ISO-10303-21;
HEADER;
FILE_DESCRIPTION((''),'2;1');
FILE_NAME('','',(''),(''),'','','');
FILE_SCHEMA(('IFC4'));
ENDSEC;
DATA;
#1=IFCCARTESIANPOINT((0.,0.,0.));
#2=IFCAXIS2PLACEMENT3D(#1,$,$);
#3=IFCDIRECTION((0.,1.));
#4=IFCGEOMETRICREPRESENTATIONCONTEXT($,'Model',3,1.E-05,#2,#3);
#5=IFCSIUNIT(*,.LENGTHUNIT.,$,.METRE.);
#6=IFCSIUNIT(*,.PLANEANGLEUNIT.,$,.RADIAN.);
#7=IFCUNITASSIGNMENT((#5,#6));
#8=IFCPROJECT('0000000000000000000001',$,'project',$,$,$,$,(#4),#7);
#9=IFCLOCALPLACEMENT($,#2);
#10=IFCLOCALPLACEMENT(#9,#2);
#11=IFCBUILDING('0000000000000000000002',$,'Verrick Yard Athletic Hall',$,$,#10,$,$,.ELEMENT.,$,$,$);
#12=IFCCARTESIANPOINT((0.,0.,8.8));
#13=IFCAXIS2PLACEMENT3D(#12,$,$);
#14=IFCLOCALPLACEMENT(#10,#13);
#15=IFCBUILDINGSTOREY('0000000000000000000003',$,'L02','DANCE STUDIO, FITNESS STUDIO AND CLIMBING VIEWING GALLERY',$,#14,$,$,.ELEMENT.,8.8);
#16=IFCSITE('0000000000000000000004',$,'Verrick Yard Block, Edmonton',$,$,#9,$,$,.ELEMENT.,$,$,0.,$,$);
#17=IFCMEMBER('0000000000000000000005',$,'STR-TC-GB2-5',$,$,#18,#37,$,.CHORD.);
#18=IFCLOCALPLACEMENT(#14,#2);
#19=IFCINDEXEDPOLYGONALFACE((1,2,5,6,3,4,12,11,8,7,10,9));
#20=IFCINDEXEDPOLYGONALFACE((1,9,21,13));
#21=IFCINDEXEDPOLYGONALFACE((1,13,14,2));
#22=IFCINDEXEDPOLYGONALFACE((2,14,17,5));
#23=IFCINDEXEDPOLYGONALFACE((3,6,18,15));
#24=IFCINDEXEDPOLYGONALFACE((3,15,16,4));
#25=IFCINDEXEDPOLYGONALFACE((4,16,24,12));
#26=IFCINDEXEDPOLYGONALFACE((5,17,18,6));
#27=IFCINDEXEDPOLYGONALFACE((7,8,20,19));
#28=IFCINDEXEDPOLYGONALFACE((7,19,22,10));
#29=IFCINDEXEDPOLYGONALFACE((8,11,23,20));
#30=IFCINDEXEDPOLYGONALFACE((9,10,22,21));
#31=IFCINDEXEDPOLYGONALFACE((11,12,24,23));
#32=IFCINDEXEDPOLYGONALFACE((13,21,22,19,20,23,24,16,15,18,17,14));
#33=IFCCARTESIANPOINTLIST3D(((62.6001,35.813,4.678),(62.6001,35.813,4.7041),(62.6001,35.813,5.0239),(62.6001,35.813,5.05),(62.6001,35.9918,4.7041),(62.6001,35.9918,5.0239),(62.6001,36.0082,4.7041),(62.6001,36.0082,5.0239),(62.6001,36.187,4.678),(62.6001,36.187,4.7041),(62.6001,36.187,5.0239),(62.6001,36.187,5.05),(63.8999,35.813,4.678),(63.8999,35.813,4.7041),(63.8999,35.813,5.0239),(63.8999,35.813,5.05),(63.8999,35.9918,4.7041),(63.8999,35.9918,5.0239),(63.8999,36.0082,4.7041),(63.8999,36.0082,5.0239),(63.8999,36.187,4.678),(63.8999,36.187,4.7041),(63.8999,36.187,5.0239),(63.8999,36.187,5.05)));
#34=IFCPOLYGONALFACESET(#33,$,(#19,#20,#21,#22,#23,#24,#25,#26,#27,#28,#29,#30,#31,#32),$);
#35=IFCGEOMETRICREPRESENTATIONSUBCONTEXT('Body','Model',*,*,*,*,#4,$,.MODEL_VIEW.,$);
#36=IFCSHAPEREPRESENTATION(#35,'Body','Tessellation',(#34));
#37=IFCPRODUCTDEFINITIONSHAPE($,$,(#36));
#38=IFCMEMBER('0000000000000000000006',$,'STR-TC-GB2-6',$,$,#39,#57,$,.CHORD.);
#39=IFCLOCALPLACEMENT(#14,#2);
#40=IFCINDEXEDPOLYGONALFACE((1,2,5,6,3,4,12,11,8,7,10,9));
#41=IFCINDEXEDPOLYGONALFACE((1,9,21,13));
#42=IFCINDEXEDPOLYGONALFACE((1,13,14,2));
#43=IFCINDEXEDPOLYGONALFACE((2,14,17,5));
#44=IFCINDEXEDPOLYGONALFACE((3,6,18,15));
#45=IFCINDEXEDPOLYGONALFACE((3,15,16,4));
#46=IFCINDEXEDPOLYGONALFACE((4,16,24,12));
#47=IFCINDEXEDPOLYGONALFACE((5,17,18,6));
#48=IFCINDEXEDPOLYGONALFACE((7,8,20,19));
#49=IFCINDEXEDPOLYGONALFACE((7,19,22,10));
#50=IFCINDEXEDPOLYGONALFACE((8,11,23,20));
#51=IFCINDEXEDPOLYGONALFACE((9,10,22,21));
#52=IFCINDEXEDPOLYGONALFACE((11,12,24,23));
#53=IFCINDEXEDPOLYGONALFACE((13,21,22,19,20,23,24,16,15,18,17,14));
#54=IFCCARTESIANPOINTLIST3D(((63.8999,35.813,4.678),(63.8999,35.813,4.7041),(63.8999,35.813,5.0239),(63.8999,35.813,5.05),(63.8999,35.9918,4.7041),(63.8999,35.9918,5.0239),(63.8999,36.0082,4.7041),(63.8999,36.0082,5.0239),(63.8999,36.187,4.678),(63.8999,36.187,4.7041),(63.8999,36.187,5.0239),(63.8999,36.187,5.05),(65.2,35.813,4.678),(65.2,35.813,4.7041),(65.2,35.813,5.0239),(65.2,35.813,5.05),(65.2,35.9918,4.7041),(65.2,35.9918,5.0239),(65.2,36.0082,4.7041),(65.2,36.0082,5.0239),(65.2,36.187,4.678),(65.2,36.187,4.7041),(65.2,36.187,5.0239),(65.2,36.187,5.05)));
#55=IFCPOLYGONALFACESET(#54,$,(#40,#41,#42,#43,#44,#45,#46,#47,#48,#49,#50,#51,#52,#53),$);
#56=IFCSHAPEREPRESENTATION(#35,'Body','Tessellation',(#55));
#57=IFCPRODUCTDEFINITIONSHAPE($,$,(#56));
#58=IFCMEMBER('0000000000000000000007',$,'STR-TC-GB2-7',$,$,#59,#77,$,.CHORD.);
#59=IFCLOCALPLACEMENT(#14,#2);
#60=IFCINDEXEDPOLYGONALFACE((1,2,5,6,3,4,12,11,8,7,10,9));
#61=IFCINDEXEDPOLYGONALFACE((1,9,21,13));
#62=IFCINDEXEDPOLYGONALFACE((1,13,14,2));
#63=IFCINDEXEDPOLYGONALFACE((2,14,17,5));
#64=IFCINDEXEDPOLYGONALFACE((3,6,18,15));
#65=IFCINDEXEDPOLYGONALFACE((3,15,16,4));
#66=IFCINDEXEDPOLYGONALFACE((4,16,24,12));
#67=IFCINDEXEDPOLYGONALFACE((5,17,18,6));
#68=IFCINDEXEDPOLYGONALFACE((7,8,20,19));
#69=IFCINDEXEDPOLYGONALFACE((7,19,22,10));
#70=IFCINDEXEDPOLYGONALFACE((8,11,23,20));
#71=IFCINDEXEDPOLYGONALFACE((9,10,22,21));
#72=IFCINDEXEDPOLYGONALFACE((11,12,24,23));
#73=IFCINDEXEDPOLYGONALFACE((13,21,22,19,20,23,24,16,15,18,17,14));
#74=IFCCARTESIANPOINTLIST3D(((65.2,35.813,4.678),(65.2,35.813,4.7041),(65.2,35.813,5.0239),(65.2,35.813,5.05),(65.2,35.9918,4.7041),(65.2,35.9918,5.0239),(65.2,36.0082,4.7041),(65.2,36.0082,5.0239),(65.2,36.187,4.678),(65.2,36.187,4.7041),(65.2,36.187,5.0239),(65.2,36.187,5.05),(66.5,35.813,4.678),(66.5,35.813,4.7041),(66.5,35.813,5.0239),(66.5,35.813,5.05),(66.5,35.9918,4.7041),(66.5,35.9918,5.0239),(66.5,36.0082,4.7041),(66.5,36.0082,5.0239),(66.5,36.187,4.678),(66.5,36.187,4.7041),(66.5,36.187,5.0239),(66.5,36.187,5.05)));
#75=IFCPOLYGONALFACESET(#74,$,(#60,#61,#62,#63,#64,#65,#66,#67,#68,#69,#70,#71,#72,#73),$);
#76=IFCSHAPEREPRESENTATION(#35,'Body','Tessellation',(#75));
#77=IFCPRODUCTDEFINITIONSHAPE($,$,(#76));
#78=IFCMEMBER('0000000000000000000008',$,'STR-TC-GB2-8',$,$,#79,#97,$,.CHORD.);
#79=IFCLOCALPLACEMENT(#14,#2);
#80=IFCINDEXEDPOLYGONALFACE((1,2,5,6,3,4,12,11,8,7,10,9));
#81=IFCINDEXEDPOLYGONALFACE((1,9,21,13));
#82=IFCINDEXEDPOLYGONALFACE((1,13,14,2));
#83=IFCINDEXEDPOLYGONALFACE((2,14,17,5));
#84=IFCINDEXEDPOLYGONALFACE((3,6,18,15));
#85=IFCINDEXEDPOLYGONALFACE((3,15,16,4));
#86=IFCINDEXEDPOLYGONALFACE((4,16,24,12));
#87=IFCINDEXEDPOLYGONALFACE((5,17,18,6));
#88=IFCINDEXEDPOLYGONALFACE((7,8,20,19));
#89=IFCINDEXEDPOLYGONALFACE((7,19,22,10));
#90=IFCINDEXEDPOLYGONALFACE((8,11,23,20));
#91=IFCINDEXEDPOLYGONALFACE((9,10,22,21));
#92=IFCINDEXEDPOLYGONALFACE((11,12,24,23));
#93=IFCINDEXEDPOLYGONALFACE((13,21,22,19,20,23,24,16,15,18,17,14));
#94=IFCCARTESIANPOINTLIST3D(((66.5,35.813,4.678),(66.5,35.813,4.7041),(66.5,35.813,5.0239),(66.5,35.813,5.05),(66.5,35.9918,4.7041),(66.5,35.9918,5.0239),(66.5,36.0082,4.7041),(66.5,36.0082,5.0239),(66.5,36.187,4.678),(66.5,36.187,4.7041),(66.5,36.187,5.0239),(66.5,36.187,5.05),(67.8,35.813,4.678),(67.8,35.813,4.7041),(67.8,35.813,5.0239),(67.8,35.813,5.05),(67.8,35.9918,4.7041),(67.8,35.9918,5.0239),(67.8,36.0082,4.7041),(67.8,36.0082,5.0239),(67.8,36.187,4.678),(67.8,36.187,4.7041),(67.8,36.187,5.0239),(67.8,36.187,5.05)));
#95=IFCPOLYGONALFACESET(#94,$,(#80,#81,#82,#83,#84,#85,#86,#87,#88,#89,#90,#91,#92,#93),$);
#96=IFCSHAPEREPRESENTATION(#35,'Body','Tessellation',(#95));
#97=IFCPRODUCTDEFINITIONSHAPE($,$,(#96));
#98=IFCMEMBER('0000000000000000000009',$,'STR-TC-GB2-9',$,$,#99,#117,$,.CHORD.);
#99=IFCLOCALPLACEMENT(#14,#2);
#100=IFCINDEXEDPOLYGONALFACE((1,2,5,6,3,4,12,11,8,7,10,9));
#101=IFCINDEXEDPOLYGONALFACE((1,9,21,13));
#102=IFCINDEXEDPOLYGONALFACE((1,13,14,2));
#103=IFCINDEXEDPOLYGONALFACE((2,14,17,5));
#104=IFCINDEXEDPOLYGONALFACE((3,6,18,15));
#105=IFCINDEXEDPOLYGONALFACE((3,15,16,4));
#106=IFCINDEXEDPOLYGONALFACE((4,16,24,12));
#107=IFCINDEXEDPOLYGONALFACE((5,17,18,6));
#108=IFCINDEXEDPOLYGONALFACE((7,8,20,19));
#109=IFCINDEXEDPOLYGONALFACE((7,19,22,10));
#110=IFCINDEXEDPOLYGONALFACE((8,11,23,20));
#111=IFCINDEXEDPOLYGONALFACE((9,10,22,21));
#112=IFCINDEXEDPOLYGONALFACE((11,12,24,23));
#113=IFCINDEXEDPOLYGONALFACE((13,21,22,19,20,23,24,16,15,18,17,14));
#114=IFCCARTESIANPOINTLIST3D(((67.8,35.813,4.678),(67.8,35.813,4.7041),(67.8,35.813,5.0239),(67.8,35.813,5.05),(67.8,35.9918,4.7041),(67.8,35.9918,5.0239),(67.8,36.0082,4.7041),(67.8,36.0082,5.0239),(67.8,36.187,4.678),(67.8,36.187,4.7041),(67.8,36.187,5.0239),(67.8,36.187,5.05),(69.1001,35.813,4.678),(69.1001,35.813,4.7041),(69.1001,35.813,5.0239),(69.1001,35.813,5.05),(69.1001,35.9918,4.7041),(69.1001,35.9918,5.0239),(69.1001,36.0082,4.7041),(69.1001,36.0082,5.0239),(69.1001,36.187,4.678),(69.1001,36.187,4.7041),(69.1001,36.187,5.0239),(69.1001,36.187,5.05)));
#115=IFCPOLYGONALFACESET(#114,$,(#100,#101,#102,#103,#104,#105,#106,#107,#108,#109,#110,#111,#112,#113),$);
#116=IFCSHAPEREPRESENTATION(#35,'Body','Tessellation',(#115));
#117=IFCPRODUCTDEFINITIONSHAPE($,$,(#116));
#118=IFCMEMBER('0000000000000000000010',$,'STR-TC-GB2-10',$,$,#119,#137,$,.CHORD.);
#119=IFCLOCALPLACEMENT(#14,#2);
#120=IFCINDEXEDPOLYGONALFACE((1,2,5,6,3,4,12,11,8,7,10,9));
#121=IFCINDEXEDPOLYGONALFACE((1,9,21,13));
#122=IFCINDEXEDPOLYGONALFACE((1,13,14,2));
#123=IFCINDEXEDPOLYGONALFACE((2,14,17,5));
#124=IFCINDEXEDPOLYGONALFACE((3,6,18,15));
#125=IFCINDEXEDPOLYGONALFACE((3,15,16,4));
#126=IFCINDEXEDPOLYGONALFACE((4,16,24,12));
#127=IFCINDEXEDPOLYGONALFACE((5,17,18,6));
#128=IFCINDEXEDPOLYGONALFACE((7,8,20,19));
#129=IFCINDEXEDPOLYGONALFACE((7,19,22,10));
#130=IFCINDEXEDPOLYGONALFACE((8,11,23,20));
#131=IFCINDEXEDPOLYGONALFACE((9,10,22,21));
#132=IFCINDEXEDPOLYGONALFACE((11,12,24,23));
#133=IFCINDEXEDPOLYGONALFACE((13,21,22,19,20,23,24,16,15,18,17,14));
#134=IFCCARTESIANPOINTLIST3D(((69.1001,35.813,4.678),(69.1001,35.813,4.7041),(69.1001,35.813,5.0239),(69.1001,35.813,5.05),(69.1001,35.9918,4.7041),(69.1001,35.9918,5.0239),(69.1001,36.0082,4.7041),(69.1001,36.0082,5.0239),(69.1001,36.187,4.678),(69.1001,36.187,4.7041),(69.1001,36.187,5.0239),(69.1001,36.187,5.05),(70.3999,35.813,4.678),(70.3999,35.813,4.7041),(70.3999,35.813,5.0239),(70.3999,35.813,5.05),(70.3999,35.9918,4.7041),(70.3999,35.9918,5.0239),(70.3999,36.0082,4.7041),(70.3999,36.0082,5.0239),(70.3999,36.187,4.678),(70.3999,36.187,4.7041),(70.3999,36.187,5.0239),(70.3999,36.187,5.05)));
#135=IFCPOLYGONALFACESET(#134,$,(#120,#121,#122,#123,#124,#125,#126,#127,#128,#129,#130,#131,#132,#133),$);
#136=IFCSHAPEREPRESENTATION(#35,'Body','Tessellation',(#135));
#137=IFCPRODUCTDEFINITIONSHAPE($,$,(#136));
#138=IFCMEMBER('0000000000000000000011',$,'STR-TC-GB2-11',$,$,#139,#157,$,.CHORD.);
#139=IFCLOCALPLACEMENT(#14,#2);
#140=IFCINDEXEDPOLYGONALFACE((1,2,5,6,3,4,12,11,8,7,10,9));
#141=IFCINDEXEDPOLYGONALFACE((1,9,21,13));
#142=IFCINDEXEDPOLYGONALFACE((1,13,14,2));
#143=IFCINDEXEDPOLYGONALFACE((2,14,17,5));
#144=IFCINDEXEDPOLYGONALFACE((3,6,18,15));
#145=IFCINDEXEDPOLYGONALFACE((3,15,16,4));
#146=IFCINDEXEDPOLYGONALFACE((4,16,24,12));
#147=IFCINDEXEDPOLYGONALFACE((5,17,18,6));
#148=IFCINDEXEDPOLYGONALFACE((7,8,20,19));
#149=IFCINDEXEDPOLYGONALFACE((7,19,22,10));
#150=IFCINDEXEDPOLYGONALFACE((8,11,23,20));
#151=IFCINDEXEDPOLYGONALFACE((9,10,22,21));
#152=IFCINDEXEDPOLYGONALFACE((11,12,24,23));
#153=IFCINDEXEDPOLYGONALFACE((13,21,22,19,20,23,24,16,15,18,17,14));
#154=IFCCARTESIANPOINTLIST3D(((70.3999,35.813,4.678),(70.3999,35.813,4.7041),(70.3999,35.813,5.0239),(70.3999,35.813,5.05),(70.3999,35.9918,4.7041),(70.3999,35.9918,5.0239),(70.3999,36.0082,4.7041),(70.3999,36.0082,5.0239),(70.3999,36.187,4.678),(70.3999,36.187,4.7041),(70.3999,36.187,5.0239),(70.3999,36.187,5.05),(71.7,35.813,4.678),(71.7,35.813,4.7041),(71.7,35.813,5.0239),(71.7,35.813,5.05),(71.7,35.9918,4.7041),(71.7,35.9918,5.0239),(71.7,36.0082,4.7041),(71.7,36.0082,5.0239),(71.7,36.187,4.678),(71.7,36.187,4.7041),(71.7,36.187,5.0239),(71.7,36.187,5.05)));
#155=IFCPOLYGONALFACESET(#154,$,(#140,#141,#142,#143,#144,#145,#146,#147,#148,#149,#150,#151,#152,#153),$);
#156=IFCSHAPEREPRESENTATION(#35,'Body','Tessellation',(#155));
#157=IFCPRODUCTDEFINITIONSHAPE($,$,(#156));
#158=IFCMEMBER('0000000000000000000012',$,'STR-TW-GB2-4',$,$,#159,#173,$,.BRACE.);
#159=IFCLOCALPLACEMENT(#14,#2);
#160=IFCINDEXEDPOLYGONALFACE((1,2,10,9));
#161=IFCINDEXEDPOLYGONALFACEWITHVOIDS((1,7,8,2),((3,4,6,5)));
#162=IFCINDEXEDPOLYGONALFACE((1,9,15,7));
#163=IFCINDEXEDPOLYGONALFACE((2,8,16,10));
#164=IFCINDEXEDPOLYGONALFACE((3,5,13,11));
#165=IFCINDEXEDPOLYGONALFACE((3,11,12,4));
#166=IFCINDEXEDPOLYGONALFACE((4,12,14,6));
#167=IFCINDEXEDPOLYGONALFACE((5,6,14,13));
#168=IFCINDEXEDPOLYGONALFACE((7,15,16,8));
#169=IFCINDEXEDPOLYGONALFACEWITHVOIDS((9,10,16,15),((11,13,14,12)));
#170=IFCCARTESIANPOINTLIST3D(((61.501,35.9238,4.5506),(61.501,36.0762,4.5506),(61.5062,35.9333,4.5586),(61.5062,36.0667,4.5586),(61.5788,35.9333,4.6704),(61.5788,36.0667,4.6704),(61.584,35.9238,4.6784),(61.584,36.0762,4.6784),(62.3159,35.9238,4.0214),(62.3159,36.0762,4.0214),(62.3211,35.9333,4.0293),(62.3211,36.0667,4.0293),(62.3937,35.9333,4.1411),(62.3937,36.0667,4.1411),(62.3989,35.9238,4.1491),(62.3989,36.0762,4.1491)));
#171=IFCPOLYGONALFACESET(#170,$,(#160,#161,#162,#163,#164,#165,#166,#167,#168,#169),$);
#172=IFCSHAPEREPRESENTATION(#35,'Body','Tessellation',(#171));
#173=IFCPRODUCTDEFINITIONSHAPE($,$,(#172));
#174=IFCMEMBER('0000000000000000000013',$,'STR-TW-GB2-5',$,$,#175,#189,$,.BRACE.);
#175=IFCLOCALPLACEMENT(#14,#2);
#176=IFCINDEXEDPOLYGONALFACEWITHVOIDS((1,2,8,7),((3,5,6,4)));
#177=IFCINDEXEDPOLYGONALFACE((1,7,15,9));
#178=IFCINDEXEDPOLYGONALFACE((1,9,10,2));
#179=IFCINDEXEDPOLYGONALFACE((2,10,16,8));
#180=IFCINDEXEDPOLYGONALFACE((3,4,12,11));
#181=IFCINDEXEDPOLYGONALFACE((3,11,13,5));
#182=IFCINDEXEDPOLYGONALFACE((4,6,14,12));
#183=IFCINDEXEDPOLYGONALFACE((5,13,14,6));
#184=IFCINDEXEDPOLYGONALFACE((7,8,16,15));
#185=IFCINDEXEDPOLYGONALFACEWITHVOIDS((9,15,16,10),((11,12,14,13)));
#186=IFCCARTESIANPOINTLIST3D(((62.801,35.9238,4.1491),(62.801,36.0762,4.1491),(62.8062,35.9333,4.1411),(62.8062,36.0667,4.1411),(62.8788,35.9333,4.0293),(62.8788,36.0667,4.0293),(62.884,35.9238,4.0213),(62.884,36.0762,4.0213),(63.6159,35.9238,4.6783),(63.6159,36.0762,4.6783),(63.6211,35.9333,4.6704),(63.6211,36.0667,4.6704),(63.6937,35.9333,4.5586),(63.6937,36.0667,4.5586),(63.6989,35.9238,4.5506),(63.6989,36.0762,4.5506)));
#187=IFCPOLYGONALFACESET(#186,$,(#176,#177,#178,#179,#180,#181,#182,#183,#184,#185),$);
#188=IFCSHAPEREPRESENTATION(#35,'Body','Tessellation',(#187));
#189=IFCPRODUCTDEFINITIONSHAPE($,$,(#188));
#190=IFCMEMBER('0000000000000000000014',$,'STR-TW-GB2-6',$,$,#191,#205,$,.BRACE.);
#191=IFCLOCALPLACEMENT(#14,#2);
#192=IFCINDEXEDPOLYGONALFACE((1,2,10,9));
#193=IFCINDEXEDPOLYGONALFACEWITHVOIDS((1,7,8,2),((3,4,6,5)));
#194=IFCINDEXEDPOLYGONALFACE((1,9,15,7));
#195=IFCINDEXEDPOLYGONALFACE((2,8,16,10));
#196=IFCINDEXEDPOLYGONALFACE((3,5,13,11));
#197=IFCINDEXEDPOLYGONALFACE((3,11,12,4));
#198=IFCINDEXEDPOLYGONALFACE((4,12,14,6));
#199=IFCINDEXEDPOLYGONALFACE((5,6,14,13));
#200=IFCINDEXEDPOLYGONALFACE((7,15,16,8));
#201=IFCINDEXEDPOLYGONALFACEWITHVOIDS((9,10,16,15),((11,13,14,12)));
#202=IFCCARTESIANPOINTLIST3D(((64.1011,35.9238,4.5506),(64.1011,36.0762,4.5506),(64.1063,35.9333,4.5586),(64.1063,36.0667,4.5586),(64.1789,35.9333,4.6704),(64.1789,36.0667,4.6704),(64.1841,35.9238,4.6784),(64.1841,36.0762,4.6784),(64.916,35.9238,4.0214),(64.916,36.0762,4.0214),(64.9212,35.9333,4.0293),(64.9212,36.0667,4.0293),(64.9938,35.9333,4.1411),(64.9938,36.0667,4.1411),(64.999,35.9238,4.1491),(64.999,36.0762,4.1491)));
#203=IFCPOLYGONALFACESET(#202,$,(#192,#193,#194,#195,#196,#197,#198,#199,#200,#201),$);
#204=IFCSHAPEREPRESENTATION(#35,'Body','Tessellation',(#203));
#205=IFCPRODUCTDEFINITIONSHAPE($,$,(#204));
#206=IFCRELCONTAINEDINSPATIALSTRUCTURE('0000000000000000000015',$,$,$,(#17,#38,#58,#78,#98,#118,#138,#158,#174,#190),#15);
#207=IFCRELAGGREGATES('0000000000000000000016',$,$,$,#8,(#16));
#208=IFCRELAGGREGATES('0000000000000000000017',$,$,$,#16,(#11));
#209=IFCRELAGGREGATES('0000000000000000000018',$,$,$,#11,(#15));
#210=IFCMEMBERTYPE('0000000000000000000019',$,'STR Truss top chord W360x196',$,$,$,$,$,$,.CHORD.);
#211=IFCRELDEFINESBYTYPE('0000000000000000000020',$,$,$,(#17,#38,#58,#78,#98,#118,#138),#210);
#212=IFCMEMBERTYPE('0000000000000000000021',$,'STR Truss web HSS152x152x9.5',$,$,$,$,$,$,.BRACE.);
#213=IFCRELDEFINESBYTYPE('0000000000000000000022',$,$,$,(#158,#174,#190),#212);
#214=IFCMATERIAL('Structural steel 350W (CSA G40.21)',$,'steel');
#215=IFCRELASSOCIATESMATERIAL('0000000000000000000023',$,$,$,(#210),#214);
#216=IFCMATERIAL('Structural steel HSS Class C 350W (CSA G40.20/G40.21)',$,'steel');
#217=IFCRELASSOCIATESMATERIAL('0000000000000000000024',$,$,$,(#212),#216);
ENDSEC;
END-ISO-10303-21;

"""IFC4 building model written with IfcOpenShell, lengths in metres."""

from ifc_helpers import new_model, si_unit, direction, frame, origin, origin_2d, place, context, subcontext, project, spatial, hollow_rectangle, i_section, extrude, material, material_profile, profile_set, type_object, element, save


model = new_model("IFC4")

# Units and contexts
model_context = context("Model", 3, precision=1e-05, world=origin(), true_north=direction((0.0, 1.0)))
body_context = subcontext(model_context, "Body", "Model", "MODEL_VIEW")
ifc_project = project(units=[si_unit("LENGTHUNIT", "METRE"), si_unit("PLANEANGLEUNIT", "RADIAN")], contexts=[model_context])

# Site, building, storey
site_placement = place(None, origin())
site = spatial("IfcSite", under=ifc_project, at=site_placement, Name="Verrick Yard Block, Edmonton", CompositionType="ELEMENT", RefElevation=0.0)
building_placement = place(site_placement, origin())
building = spatial("IfcBuilding", under=site, at=building_placement, Name="Verrick Yard Athletic Hall", CompositionType="ELEMENT")
storey_placement = place(building_placement, frame((0.0, 0.0, 8.8)))
storey = spatial("IfcBuildingStorey", under=building, at=storey_placement, Name="L02", Description="DANCE STUDIO, FITNESS STUDIO AND CLIMBING VIEWING GALLERY", CompositionType="ELEMENT", Elevation=8.8)

# Shared definitions
ifc_material_1 = material(Name="Structural steel 350W (CSA G40.21)", Category="steel")

# Members
ifc_material_profile_1 = material_profile(ifc_material_1, i_section(OverallWidth=0.374, OverallDepth=0.3721, WebThickness=0.0164, FlangeThickness=0.0261, at=origin_2d()), Name="W360x196")
ifc_profile_set_1 = profile_set([ifc_material_profile_1], Name="Structural steel 350W (CSA G40.21)")
member_type_1 = type_object("IfcMemberType", Name="STR Truss top chord W360x196", PredefinedType="CHORD", material=ifc_profile_set_1)
member_1_placement = place(storey_placement, frame((62.6001, 36.0, 4.864), z_axis=(1.0, 0.0, 0.0), x_axis=(0.0, 1.0, 0.0)))
element("IfcMember", 1, at=member_1_placement, inside=storey, type_object=member_type_1, Name="STR-TC-GB2-5", PredefinedType="CHORD", context=body_context, shape_type="SweptSolid", body=[
    extrude(i_section(OverallWidth=0.374, OverallDepth=0.3721, WebThickness=0.0164, FlangeThickness=0.0261, at=origin_2d()), origin(), (0.0, 0.0, 1.0), 1.2998),
])
for number, where, z_axis, x_axis, name in (
    (2, (63.8999, 36.0, 4.864), (1.0, 0.0, 0.0), (0.0, 1.0, 0.0), "STR-TC-GB2-6"),
    (3, (65.2, 36.0, 4.864), (1.0, 0.0, 0.0), (0.0, 1.0, 0.0), "STR-TC-GB2-7"),
    (4, (66.5, 36.0, 4.864), (1.0, 0.0, 0.0), (0.0, 1.0, 0.0), "STR-TC-GB2-8"),
    (5, (67.8, 36.0, 4.864), (1.0, 0.0, 0.0), (0.0, 1.0, 0.0), "STR-TC-GB2-9"),
):
    element("IfcMember", number, at=place(storey_placement, frame(where, z_axis=z_axis, x_axis=x_axis)), inside=storey, type_object=member_type_1, Name=name, PredefinedType="CHORD", context=body_context, shape_type="SweptSolid", body=[
        extrude(i_section(OverallWidth=0.374, OverallDepth=0.3721, WebThickness=0.0164, FlangeThickness=0.0261, at=origin_2d()), origin(), (0.0, 0.0, 1.0), 1.3),
    ])
member_2_placement = place(storey_placement, frame((69.1001, 36.0, 4.864), z_axis=(1.0, 0.0, 0.0), x_axis=(0.0, 1.0, 0.0)))
element("IfcMember", 6, at=member_2_placement, inside=storey, type_object=member_type_1, Name="STR-TC-GB2-10", PredefinedType="CHORD", context=body_context, shape_type="SweptSolid", body=[
    extrude(i_section(OverallWidth=0.374, OverallDepth=0.3721, WebThickness=0.0164, FlangeThickness=0.0261, at=origin_2d()), origin(), (0.0, 0.0, 1.0), 1.2998),
])
member_3_placement = place(storey_placement, frame((70.3999, 36.0, 4.864), z_axis=(1.0, 0.0, 0.0), x_axis=(0.0, 1.0, 0.0)))
element("IfcMember", 7, at=member_3_placement, inside=storey, type_object=member_type_1, Name="STR-TC-GB2-11", PredefinedType="CHORD", context=body_context, shape_type="SweptSolid", body=[
    extrude(i_section(OverallWidth=0.374, OverallDepth=0.3721, WebThickness=0.0164, FlangeThickness=0.0261, at=origin_2d()), origin(), (0.0, 0.0, 1.0), 1.3),
])
ifc_material_2 = material(Name="Structural steel HSS Class C 350W (CSA G40.20/G40.21)", Category="steel")
ifc_material_profile_2 = material_profile(ifc_material_2, hollow_rectangle(XDim=0.1523, YDim=0.1523, WallThickness=0.0095, at=origin_2d()), Name="HSS152x152x9.5")
ifc_profile_set_2 = profile_set([ifc_material_profile_2], Name="Structural steel HSS Class C 350W (CSA G40.20/G40.21)")
member_type_2 = type_object("IfcMemberType", Name="STR Truss web HSS152x152x9.5", PredefinedType="BRACE", material=ifc_profile_set_2)
for number, where, z_axis, x_axis, name in (
    (8, (61.5425, 36.0, 4.6145), (0.838639, 0.0, -0.544688), (0.0, 1.0, 0.0), "STR-TW-GB2-4"),
    (9, (62.8425, 36.0, 4.0852), (0.838639, 0.0, 0.544688), (0.0, 1.0, 0.0), "STR-TW-GB2-5"),
    (10, (64.1426, 36.0, 4.6145), (0.838639, 0.0, -0.544688), (0.0, 1.0, 0.0), "STR-TW-GB2-6"),
):
    element("IfcMember", number, at=place(storey_placement, frame(where, z_axis=z_axis, x_axis=x_axis)), inside=storey, type_object=member_type_2, Name=name, PredefinedType="BRACE", context=body_context, shape_type="SweptSolid", body=[
        extrude(hollow_rectangle(XDim=0.1523, YDim=0.1523, WallThickness=0.0095, at=origin_2d()), origin(), (0.0, 0.0, 1.0), 0.9717),
    ])

save(model, "model.ifc")
